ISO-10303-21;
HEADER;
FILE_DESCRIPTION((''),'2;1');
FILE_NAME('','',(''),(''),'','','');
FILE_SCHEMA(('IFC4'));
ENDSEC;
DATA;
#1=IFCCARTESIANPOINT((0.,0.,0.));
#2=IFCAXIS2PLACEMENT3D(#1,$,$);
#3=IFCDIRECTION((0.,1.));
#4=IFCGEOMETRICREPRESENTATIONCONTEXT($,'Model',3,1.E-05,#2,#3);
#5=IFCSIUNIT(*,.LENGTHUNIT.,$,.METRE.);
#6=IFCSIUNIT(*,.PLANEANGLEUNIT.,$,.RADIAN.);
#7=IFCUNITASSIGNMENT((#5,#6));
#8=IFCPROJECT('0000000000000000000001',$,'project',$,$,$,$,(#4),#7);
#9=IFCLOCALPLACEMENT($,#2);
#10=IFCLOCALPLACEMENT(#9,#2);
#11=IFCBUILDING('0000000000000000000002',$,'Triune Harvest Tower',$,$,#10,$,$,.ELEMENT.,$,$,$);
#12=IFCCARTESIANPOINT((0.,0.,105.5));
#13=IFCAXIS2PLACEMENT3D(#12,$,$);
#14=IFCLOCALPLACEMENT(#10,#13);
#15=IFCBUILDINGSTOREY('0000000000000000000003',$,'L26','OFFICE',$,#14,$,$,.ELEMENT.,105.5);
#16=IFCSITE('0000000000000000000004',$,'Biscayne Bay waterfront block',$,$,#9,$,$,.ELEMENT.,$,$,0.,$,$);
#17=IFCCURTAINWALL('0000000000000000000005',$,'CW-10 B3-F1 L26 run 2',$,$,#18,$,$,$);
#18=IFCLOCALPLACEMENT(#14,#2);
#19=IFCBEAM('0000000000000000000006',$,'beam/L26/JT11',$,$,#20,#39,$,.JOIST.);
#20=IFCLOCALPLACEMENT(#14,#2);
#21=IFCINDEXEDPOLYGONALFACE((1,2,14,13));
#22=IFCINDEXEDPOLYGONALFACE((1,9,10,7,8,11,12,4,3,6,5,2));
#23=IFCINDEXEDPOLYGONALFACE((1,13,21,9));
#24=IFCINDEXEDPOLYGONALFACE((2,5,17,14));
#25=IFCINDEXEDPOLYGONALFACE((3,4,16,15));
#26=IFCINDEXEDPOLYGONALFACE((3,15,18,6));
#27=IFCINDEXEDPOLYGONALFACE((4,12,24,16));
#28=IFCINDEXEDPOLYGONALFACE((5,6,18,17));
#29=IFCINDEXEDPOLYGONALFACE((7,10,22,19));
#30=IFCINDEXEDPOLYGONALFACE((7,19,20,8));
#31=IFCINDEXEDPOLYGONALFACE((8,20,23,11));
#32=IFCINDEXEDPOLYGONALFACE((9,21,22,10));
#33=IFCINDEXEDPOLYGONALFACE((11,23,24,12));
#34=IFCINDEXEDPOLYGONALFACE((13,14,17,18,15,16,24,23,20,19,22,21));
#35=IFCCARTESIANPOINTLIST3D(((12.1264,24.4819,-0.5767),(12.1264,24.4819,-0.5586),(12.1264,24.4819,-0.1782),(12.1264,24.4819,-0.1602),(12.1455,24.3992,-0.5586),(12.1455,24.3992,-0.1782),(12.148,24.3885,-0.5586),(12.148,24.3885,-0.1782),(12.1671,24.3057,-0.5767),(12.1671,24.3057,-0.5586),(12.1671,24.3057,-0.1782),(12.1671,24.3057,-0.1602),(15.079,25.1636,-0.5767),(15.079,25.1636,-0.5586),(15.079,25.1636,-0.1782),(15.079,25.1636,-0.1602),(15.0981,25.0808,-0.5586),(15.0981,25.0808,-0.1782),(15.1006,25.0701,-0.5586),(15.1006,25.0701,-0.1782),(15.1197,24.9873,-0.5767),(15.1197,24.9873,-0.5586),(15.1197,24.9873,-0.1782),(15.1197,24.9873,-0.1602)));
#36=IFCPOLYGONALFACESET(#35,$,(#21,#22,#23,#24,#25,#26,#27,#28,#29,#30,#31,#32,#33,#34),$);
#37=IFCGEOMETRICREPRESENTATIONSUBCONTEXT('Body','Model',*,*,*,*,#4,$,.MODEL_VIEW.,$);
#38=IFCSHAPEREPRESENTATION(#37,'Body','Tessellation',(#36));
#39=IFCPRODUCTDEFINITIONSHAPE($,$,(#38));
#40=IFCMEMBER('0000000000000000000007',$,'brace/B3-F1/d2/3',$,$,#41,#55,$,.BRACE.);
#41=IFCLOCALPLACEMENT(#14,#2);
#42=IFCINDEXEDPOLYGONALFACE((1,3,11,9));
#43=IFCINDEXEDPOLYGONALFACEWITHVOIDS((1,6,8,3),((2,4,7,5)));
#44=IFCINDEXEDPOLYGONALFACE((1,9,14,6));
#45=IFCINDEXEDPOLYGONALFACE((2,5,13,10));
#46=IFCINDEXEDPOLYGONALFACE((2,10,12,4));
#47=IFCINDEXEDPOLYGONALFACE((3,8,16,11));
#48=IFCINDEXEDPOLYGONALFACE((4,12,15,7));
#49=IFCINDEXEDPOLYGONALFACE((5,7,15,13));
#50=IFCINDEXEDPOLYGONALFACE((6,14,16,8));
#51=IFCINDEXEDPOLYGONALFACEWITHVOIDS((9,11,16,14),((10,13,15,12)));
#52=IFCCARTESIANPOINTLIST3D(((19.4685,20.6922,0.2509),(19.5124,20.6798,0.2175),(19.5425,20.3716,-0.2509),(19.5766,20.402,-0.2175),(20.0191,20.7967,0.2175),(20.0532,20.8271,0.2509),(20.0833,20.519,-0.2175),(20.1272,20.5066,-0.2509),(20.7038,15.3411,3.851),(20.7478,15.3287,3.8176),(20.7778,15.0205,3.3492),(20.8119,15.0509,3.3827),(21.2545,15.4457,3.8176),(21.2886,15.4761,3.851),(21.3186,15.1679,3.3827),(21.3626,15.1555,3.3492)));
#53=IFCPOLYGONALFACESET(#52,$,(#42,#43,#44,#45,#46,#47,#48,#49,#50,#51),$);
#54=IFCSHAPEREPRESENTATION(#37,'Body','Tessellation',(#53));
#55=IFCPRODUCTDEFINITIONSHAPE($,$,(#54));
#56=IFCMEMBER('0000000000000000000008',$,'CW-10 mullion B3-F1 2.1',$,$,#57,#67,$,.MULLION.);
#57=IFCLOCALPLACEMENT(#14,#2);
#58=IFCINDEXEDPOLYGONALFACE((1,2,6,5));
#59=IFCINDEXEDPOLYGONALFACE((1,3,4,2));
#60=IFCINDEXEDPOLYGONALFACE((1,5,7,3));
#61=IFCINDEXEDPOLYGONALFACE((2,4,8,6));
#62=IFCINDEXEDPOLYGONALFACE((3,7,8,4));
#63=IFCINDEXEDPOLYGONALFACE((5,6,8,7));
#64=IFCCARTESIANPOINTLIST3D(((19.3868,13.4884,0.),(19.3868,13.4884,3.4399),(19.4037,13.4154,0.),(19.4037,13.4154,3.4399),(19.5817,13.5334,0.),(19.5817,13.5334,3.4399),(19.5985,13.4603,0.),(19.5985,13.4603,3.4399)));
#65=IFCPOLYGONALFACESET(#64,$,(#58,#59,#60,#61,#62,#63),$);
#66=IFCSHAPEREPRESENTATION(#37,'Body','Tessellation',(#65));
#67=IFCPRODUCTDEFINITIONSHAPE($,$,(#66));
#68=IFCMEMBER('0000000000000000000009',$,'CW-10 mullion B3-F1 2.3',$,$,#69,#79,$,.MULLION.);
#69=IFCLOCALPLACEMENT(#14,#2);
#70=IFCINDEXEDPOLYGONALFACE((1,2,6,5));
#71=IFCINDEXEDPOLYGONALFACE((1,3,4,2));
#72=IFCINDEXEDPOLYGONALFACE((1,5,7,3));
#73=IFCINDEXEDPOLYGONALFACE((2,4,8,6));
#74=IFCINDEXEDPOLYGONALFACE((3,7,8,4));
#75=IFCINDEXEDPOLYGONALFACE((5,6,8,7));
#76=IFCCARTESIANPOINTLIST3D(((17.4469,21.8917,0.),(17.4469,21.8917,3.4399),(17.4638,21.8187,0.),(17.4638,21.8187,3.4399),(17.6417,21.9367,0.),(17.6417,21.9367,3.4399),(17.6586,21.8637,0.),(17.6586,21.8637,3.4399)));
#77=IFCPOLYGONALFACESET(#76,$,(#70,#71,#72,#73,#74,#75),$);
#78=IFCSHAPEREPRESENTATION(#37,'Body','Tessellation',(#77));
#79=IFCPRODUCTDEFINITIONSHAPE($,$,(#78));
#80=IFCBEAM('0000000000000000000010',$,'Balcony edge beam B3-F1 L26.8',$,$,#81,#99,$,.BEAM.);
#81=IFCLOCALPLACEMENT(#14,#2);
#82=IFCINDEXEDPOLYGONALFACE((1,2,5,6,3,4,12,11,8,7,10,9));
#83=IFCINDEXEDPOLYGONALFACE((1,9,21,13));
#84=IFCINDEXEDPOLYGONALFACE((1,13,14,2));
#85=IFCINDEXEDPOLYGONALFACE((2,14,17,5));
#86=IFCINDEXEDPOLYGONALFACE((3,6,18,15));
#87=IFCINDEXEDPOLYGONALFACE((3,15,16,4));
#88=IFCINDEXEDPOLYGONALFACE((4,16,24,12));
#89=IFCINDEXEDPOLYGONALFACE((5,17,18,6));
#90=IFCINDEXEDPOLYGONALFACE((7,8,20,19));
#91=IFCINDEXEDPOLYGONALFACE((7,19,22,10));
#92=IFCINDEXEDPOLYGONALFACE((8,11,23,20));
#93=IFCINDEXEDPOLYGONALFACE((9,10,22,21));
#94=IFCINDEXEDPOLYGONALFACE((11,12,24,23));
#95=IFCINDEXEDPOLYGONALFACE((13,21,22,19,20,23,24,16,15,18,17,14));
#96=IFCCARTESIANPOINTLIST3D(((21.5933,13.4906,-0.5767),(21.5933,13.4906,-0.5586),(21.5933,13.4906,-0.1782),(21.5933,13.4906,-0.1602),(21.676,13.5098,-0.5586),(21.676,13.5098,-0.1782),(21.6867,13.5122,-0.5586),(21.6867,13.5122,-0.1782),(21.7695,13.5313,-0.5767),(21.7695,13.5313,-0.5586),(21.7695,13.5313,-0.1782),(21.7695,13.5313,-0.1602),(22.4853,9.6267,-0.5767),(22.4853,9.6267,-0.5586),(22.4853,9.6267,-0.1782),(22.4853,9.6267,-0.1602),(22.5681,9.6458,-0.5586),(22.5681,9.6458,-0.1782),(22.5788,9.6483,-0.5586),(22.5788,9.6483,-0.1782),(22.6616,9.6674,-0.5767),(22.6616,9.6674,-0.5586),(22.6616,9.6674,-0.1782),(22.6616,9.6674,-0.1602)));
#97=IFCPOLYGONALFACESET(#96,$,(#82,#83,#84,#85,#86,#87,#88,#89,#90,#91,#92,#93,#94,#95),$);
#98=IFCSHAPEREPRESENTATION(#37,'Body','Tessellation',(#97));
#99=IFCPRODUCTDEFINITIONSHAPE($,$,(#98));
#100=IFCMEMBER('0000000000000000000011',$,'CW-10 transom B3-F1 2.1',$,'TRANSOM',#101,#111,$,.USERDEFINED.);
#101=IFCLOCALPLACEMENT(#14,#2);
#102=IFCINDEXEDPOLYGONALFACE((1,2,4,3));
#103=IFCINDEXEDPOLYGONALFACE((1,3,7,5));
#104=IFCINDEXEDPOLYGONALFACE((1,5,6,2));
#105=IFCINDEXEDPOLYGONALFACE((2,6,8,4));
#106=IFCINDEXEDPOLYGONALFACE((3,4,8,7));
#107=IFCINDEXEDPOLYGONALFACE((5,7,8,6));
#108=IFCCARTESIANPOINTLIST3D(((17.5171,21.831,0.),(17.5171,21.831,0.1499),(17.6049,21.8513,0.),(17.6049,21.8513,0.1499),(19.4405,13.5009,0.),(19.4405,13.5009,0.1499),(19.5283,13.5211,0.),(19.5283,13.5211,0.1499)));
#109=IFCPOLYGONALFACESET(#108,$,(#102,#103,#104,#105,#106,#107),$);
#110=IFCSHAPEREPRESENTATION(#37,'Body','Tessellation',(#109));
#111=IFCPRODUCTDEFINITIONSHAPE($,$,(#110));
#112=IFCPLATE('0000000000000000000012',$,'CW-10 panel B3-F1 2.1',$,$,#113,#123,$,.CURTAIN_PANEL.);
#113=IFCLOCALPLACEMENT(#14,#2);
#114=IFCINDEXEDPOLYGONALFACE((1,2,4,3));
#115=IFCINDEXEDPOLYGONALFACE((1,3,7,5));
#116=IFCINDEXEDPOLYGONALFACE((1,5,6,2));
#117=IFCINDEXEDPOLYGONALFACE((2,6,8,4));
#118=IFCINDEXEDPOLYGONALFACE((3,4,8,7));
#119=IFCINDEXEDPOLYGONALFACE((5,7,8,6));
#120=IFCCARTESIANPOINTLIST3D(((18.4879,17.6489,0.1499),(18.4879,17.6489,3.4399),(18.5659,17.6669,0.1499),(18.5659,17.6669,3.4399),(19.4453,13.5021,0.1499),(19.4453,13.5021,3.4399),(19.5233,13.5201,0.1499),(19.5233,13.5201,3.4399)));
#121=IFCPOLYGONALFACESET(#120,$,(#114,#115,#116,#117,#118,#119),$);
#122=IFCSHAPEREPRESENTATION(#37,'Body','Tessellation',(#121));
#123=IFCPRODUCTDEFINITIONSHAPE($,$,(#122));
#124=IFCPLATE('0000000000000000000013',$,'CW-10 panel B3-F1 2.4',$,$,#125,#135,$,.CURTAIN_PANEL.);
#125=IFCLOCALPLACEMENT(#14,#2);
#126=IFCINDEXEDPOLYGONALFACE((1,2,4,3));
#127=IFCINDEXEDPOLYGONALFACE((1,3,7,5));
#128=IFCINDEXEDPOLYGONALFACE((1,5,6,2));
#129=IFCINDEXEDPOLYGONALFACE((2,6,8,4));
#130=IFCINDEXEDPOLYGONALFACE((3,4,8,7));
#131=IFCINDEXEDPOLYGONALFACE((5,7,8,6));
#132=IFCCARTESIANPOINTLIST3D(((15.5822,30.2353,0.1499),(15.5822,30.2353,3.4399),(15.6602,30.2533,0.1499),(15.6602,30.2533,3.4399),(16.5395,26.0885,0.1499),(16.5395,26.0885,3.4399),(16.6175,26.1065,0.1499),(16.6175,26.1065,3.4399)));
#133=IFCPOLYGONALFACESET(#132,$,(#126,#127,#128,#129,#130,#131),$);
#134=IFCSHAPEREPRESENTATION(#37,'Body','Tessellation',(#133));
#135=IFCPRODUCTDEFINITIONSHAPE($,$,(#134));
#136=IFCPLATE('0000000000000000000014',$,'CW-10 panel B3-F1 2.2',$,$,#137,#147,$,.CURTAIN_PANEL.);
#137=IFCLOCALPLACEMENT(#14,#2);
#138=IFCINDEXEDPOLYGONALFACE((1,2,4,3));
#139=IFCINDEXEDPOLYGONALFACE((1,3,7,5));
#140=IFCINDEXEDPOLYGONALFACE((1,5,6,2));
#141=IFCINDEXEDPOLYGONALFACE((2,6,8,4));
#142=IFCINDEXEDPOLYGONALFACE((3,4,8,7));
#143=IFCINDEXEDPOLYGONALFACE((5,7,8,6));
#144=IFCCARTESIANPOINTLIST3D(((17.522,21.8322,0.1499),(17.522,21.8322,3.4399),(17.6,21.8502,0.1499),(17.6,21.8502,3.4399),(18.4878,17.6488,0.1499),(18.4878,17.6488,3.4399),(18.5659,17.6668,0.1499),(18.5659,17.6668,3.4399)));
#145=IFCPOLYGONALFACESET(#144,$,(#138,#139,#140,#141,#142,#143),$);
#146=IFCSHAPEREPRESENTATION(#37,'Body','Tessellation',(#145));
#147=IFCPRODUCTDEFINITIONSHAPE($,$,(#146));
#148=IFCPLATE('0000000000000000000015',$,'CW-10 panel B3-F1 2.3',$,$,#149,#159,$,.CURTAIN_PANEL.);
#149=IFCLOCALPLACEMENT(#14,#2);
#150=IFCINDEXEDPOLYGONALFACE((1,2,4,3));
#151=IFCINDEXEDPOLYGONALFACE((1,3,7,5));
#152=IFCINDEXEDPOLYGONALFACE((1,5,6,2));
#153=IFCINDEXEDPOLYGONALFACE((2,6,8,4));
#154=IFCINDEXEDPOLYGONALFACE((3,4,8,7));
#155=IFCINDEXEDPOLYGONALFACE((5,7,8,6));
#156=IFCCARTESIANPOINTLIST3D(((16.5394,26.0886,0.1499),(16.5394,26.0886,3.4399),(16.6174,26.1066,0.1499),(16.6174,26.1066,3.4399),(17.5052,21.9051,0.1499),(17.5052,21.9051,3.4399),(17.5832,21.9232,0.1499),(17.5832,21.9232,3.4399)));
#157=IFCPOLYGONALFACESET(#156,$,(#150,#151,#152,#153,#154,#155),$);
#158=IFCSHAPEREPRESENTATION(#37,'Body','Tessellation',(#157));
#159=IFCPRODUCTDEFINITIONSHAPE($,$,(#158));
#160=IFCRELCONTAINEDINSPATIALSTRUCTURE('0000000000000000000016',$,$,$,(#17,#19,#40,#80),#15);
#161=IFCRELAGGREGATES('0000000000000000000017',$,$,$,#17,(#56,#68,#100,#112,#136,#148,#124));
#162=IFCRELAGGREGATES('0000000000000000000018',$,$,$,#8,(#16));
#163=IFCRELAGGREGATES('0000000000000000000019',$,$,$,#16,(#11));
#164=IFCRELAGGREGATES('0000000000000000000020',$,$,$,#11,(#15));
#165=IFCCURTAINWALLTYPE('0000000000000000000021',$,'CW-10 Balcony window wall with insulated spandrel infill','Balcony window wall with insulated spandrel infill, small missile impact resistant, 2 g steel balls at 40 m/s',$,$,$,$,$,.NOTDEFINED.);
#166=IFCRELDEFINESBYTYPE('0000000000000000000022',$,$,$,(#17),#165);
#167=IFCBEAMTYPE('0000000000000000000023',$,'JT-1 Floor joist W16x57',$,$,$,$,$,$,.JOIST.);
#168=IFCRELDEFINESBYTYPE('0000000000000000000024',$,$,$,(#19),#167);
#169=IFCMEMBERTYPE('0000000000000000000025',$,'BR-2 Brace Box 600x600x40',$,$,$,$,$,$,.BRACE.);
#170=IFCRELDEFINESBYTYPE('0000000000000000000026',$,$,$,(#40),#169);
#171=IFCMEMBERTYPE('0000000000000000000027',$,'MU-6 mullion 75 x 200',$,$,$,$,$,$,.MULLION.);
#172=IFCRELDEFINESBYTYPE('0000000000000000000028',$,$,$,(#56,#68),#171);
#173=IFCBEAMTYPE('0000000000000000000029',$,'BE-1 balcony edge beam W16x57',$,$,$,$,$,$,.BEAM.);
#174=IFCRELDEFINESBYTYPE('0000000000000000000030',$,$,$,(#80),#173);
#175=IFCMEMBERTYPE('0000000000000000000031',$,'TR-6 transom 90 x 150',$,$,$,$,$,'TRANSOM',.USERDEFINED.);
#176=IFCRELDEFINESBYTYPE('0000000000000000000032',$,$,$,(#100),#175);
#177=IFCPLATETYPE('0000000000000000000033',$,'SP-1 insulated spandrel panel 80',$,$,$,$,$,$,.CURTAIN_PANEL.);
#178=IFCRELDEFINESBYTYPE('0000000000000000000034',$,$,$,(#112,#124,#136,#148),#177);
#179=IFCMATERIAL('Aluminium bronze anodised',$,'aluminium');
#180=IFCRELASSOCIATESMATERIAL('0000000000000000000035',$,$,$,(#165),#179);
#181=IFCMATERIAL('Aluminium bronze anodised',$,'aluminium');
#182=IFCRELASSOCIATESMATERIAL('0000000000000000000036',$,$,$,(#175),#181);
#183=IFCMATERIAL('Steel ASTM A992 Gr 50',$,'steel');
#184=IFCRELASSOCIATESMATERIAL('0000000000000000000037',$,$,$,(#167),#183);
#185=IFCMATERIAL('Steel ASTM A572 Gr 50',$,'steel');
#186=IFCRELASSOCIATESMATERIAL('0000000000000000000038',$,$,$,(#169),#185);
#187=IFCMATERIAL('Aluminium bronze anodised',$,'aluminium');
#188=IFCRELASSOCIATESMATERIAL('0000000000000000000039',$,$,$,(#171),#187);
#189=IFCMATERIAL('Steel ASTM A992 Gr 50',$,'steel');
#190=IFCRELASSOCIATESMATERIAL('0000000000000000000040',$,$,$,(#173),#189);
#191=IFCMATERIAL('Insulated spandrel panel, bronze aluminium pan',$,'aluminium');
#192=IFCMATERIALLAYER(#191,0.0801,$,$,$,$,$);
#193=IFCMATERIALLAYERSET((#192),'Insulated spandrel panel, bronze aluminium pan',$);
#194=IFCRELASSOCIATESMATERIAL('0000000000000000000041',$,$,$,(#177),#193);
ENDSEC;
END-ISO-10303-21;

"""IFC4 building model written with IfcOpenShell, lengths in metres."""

from ifc_helpers import new_model, si_unit, direction, frame, origin, origin_2d, place, context, subcontext, project, spatial, rectangle, hollow_rectangle, i_section, extrude, source, transform, mapped, material, layer, layer_set, material_profile, profile_set, type_object, element, aggregate, save


model = new_model("IFC4")

# Units and contexts
model_context = context("Model", 3, precision=1e-05, world=origin(), true_north=direction((0.0, 1.0)))
body_context = subcontext(model_context, "Body", "Model", "MODEL_VIEW")
ifc_project = project(units=[si_unit("LENGTHUNIT", "METRE"), si_unit("PLANEANGLEUNIT", "RADIAN")], contexts=[model_context])

# Site, building, storey
site_placement = place(None, origin())
site = spatial("IfcSite", under=ifc_project, at=site_placement, Name="Biscayne Bay waterfront block", CompositionType="ELEMENT", RefElevation=0.0)
building_placement = place(site_placement, origin())
building = spatial("IfcBuilding", under=site, at=building_placement, Name="Triune Harvest Tower", CompositionType="ELEMENT")
storey_placement = place(building_placement, frame((0.0, 0.0, 105.5)))
storey = spatial("IfcBuildingStorey", under=building, at=storey_placement, Name="L26", Description="OFFICE", CompositionType="ELEMENT", Elevation=105.5)

# Curtain wall
ifc_material_1 = material(Name="Aluminium bronze anodised", Category="aluminium")
curtain_wall_type = type_object("IfcCurtainWallType", Name="CW-10 Balcony window wall with insulated spandrel infill", Description="Balcony window wall with insulated spandrel infill, small missile impact resistant, 2 g steel balls at 40 m/s", PredefinedType="NOTDEFINED", material=ifc_material_1)
curtain_wall_placement = place(storey_placement, origin())
curtain_wall = element("IfcCurtainWall", 1, at=curtain_wall_placement, inside=storey, type_object=curtain_wall_type, Name="CW-10 B3-F1 L26 run 2")
ifc_material_2 = material(Name="Aluminium bronze anodised", Category="aluminium")
ifc_material_profile_1 = material_profile(ifc_material_2, rectangle(XDim=0.0901, YDim=0.1499, at=origin_2d()), Name="TR-6 transom 90 x 150")
ifc_profile_set_1 = profile_set([ifc_material_profile_1], Name="Aluminium bronze anodised")
member_type_1 = type_object("IfcMemberType", Name="TR-6 transom 90 x 150", ElementType="TRANSOM", PredefinedType="USERDEFINED", material=ifc_profile_set_1)

# Beam
ifc_material_3 = material(Name="Steel ASTM A992 Gr 50", Category="steel")
ifc_material_profile_2 = material_profile(ifc_material_3, i_section(OverallWidth=0.1809, OverallDepth=0.4165, WebThickness=0.011, FlangeThickness=0.0181, at=origin_2d()), Name="W16x57")
ifc_profile_set_2 = profile_set([ifc_material_profile_2], Name="Steel ASTM A992 Gr 50")
beam_type_1 = type_object("IfcBeamType", Name="JT-1 Floor joist W16x57", PredefinedType="JOIST", material=ifc_profile_set_2)
shared_shape_1 = source(origin(), body_context, "Body", "SweptSolid", [
    extrude(i_section(OverallWidth=0.1809, OverallDepth=0.4165, WebThickness=0.011, FlangeThickness=0.0181, at=origin_2d()), origin(), (0.0, 0.0, 1.0), 3.0303),
])
beam_1_placement = place(storey_placement, frame((15.0994, 25.0754, -0.3684), z_axis=(-0.974372, -0.224942, 0.0), x_axis=(0.224942, -0.974372, 0.0)))
element("IfcBeam", 2, at=beam_1_placement, inside=storey, type_object=beam_type_1, Name="beam/L26/JT11", PredefinedType="JOIST", context=body_context, shape_type="MappedRepresentation", body=[
    mapped(shared_shape_1, transform((0.0, 0.0, 0.0), scale=1.0)),
])

# Members
ifc_material_4 = material(Name="Steel ASTM A572 Gr 50", Category="steel")
ifc_material_profile_3 = material_profile(ifc_material_4, hollow_rectangle(XDim=0.6001, YDim=0.6001, WallThickness=0.04, at=origin_2d()), Name="Box 600x600x40")
ifc_profile_set_3 = profile_set([ifc_material_profile_3], Name="Steel ASTM A572 Gr 50")
member_type_2 = type_object("IfcMemberType", Name="BR-2 Brace Box 600x600x40", PredefinedType="BRACE", material=ifc_profile_set_3)
shared_shape_2 = source(origin(), body_context, "Body", "SweptSolid", [
    extrude(hollow_rectangle(XDim=0.6001, YDim=0.6001, WallThickness=0.04, at=origin_2d()), origin(), (0.0, 0.0, 1.0), 6.5667),
])
member_1_placement = place(storey_placement, frame((19.7979, 20.5994, 0.0), z_axis=(0.188125, -0.814887, 0.54824), x_axis=(0.974372, 0.224944, 0.0)))
element("IfcMember", 3, at=member_1_placement, inside=storey, type_object=member_type_2, Name="brace/B3-F1/d2/3", PredefinedType="BRACE", context=body_context, shape_type="MappedRepresentation", body=[
    mapped(shared_shape_2, transform((0.0, 0.0, 0.0), scale=1.0)),
])
ifc_material_5 = material(Name="Aluminium bronze anodised", Category="aluminium")
ifc_material_profile_4 = material_profile(ifc_material_5, rectangle(XDim=0.2, YDim=0.075, at=origin_2d()), Name="MU-6 mullion 75 x 200")
ifc_profile_set_4 = profile_set([ifc_material_profile_4], Name="Aluminium bronze anodised")
member_type_3 = type_object("IfcMemberType", Name="MU-6 mullion 75 x 200", PredefinedType="MULLION", material=ifc_profile_set_4)
shared_shape_3 = source(origin(), body_context, "Body", "SweptSolid", [
    extrude(rectangle(XDim=0.2, YDim=0.075, at=origin_2d()), origin(), (0.0, 0.0, 1.0), 3.4399),
])
member_2_placement = place(storey_placement, frame((19.4927, 13.4744, 0.0), z_axis=(0.0, 0.0, 1.0), x_axis=(-0.97437, -0.224951, 0.0)))
member_2 = element("IfcMember", 4, at=member_2_placement, type_object=member_type_3, Name="CW-10 mullion B3-F1 2.1", PredefinedType="MULLION", context=body_context, shape_type="MappedRepresentation", body=[
    mapped(shared_shape_3, transform((0.0, 0.0, 0.0), scale=1.0)),
])
member_3_placement = place(storey_placement, frame((17.5527, 21.8777, 0.0), z_axis=(0.0, 0.0, 1.0), x_axis=(-0.97437, -0.224951, 0.0)))
member_3 = element("IfcMember", 5, at=member_3_placement, type_object=member_type_3, Name="CW-10 mullion B3-F1 2.3", PredefinedType="MULLION", context=body_context, shape_type="MappedRepresentation", body=[
    mapped(shared_shape_3, transform((0.0, 0.0, 0.0), scale=1.0)),
])

# Beam
ifc_material_6 = material(Name="Steel ASTM A992 Gr 50", Category="steel")
ifc_material_profile_5 = material_profile(ifc_material_6, i_section(OverallWidth=0.1809, OverallDepth=0.4165, WebThickness=0.011, FlangeThickness=0.0181, at=origin_2d()), Name="W16x57")
ifc_profile_set_5 = profile_set([ifc_material_profile_5], Name="Steel ASTM A992 Gr 50")
beam_type_2 = type_object("IfcBeamType", Name="BE-1 balcony edge beam W16x57", PredefinedType="BEAM", material=ifc_profile_set_5)
shared_shape_4 = source(origin(), body_context, "Body", "SweptSolid", [
    extrude(i_section(OverallWidth=0.1809, OverallDepth=0.4165, WebThickness=0.011, FlangeThickness=0.0181, at=origin_2d()), origin(), (0.0, 0.0, 1.0), 3.9656),
])
beam_2_placement = place(storey_placement, frame((21.6814, 13.511, -0.3684), z_axis=(0.224954, -0.974369, 0.0), x_axis=(0.974369, 0.224954, 0.0)))
element("IfcBeam", 6, at=beam_2_placement, inside=storey, type_object=beam_type_2, Name="Balcony edge beam B3-F1 L26.8", PredefinedType="BEAM", context=body_context, shape_type="MappedRepresentation", body=[
    mapped(shared_shape_4, transform((0.0, 0.0, 0.0), scale=1.0)),
])

# Member
shared_shape_5 = source(origin(), body_context, "Body", "SweptSolid", [
    extrude(rectangle(XDim=0.0901, YDim=0.1499, at=origin_2d()), origin(), (0.0, 0.0, 1.0), 8.5493),
])
member_4_placement = place(storey_placement, frame((19.4844, 13.511, 0.075), z_axis=(-0.224972, 0.974365, 0.0), x_axis=(-0.974365, -0.224972, 0.0)))
member_4 = element("IfcMember", 7, at=member_4_placement, type_object=member_type_1, Name="CW-10 transom B3-F1 2.1", ObjectType="TRANSOM", PredefinedType="USERDEFINED", context=body_context, shape_type="MappedRepresentation", body=[
    mapped(shared_shape_5, transform((0.0, 0.0, 0.0), scale=1.0)),
])

# Plates
ifc_material_7 = material(Name="Insulated spandrel panel, bronze aluminium pan", Category="aluminium")
ifc_layer_1 = layer(ifc_material_7, 0.0801)
ifc_layer_set_1 = layer_set([ifc_layer_1], Name="Insulated spandrel panel, bronze aluminium pan")
plate_type = type_object("IfcPlateType", Name="SP-1 insulated spandrel panel 80", PredefinedType="CURTAIN_PANEL", material=ifc_layer_set_1)
shared_shape_6 = source(origin(), body_context, "Body", "SweptSolid", [
    extrude(rectangle(XDim=4.2559, YDim=0.0801, at=origin_2d()), origin(), (0.0, 0.0, 1.0), 3.29),
])
plate_1_placement = place(storey_placement, frame((19.0056, 15.5845, 0.1499), z_axis=(0.0, 0.0, 1.0), x_axis=(-0.224951, 0.97437, 0.0)))
plate_1 = element("IfcPlate", 8, at=plate_1_placement, type_object=plate_type, Name="CW-10 panel B3-F1 2.1", PredefinedType="CURTAIN_PANEL", context=body_context, shape_type="MappedRepresentation", body=[
    mapped(shared_shape_6, transform((0.0, 0.0, 0.0), scale=1.0)),
])
plate_2_placement = place(storey_placement, frame((16.0999, 28.1709, 0.1499), z_axis=(0.0, 0.0, 1.0), x_axis=(-0.224951, 0.97437, 0.0)))
plate_2 = element("IfcPlate", 9, at=plate_2_placement, type_object=plate_type, Name="CW-10 panel B3-F1 2.4", PredefinedType="CURTAIN_PANEL", context=body_context, shape_type="MappedRepresentation", body=[
    mapped(shared_shape_6, transform((0.0, 0.0, 0.0), scale=1.0)),
])
shared_shape_7 = source(origin(), body_context, "Body", "SweptSolid", [
    extrude(rectangle(XDim=4.2935, YDim=0.0801, at=origin_2d()), origin(), (0.0, 0.0, 1.0), 3.29),
])
plate_3_placement = place(storey_placement, frame((18.0439, 19.7495, 0.1499), z_axis=(0.0, 0.0, 1.0), x_axis=(-0.224951, 0.97437, 0.0)))
plate_3 = element("IfcPlate", 10, at=plate_3_placement, type_object=plate_type, Name="CW-10 panel B3-F1 2.2", PredefinedType="CURTAIN_PANEL", context=body_context, shape_type="MappedRepresentation", body=[
    mapped(shared_shape_7, transform((0.0, 0.0, 0.0), scale=1.0)),
])
plate_4_placement = place(storey_placement, frame((17.0613, 24.0059, 0.1499), z_axis=(0.0, 0.0, 1.0), x_axis=(-0.224951, 0.97437, 0.0)))
plate_4 = element("IfcPlate", 11, at=plate_4_placement, type_object=plate_type, Name="CW-10 panel B3-F1 2.3", PredefinedType="CURTAIN_PANEL", context=body_context, shape_type="MappedRepresentation", body=[
    mapped(shared_shape_7, transform((0.0, 0.0, 0.0), scale=1.0)),
])
aggregate(curtain_wall, [member_2, member_3, member_4, plate_1, plate_3, plate_4, plate_2])

save(model, "model.ifc")
